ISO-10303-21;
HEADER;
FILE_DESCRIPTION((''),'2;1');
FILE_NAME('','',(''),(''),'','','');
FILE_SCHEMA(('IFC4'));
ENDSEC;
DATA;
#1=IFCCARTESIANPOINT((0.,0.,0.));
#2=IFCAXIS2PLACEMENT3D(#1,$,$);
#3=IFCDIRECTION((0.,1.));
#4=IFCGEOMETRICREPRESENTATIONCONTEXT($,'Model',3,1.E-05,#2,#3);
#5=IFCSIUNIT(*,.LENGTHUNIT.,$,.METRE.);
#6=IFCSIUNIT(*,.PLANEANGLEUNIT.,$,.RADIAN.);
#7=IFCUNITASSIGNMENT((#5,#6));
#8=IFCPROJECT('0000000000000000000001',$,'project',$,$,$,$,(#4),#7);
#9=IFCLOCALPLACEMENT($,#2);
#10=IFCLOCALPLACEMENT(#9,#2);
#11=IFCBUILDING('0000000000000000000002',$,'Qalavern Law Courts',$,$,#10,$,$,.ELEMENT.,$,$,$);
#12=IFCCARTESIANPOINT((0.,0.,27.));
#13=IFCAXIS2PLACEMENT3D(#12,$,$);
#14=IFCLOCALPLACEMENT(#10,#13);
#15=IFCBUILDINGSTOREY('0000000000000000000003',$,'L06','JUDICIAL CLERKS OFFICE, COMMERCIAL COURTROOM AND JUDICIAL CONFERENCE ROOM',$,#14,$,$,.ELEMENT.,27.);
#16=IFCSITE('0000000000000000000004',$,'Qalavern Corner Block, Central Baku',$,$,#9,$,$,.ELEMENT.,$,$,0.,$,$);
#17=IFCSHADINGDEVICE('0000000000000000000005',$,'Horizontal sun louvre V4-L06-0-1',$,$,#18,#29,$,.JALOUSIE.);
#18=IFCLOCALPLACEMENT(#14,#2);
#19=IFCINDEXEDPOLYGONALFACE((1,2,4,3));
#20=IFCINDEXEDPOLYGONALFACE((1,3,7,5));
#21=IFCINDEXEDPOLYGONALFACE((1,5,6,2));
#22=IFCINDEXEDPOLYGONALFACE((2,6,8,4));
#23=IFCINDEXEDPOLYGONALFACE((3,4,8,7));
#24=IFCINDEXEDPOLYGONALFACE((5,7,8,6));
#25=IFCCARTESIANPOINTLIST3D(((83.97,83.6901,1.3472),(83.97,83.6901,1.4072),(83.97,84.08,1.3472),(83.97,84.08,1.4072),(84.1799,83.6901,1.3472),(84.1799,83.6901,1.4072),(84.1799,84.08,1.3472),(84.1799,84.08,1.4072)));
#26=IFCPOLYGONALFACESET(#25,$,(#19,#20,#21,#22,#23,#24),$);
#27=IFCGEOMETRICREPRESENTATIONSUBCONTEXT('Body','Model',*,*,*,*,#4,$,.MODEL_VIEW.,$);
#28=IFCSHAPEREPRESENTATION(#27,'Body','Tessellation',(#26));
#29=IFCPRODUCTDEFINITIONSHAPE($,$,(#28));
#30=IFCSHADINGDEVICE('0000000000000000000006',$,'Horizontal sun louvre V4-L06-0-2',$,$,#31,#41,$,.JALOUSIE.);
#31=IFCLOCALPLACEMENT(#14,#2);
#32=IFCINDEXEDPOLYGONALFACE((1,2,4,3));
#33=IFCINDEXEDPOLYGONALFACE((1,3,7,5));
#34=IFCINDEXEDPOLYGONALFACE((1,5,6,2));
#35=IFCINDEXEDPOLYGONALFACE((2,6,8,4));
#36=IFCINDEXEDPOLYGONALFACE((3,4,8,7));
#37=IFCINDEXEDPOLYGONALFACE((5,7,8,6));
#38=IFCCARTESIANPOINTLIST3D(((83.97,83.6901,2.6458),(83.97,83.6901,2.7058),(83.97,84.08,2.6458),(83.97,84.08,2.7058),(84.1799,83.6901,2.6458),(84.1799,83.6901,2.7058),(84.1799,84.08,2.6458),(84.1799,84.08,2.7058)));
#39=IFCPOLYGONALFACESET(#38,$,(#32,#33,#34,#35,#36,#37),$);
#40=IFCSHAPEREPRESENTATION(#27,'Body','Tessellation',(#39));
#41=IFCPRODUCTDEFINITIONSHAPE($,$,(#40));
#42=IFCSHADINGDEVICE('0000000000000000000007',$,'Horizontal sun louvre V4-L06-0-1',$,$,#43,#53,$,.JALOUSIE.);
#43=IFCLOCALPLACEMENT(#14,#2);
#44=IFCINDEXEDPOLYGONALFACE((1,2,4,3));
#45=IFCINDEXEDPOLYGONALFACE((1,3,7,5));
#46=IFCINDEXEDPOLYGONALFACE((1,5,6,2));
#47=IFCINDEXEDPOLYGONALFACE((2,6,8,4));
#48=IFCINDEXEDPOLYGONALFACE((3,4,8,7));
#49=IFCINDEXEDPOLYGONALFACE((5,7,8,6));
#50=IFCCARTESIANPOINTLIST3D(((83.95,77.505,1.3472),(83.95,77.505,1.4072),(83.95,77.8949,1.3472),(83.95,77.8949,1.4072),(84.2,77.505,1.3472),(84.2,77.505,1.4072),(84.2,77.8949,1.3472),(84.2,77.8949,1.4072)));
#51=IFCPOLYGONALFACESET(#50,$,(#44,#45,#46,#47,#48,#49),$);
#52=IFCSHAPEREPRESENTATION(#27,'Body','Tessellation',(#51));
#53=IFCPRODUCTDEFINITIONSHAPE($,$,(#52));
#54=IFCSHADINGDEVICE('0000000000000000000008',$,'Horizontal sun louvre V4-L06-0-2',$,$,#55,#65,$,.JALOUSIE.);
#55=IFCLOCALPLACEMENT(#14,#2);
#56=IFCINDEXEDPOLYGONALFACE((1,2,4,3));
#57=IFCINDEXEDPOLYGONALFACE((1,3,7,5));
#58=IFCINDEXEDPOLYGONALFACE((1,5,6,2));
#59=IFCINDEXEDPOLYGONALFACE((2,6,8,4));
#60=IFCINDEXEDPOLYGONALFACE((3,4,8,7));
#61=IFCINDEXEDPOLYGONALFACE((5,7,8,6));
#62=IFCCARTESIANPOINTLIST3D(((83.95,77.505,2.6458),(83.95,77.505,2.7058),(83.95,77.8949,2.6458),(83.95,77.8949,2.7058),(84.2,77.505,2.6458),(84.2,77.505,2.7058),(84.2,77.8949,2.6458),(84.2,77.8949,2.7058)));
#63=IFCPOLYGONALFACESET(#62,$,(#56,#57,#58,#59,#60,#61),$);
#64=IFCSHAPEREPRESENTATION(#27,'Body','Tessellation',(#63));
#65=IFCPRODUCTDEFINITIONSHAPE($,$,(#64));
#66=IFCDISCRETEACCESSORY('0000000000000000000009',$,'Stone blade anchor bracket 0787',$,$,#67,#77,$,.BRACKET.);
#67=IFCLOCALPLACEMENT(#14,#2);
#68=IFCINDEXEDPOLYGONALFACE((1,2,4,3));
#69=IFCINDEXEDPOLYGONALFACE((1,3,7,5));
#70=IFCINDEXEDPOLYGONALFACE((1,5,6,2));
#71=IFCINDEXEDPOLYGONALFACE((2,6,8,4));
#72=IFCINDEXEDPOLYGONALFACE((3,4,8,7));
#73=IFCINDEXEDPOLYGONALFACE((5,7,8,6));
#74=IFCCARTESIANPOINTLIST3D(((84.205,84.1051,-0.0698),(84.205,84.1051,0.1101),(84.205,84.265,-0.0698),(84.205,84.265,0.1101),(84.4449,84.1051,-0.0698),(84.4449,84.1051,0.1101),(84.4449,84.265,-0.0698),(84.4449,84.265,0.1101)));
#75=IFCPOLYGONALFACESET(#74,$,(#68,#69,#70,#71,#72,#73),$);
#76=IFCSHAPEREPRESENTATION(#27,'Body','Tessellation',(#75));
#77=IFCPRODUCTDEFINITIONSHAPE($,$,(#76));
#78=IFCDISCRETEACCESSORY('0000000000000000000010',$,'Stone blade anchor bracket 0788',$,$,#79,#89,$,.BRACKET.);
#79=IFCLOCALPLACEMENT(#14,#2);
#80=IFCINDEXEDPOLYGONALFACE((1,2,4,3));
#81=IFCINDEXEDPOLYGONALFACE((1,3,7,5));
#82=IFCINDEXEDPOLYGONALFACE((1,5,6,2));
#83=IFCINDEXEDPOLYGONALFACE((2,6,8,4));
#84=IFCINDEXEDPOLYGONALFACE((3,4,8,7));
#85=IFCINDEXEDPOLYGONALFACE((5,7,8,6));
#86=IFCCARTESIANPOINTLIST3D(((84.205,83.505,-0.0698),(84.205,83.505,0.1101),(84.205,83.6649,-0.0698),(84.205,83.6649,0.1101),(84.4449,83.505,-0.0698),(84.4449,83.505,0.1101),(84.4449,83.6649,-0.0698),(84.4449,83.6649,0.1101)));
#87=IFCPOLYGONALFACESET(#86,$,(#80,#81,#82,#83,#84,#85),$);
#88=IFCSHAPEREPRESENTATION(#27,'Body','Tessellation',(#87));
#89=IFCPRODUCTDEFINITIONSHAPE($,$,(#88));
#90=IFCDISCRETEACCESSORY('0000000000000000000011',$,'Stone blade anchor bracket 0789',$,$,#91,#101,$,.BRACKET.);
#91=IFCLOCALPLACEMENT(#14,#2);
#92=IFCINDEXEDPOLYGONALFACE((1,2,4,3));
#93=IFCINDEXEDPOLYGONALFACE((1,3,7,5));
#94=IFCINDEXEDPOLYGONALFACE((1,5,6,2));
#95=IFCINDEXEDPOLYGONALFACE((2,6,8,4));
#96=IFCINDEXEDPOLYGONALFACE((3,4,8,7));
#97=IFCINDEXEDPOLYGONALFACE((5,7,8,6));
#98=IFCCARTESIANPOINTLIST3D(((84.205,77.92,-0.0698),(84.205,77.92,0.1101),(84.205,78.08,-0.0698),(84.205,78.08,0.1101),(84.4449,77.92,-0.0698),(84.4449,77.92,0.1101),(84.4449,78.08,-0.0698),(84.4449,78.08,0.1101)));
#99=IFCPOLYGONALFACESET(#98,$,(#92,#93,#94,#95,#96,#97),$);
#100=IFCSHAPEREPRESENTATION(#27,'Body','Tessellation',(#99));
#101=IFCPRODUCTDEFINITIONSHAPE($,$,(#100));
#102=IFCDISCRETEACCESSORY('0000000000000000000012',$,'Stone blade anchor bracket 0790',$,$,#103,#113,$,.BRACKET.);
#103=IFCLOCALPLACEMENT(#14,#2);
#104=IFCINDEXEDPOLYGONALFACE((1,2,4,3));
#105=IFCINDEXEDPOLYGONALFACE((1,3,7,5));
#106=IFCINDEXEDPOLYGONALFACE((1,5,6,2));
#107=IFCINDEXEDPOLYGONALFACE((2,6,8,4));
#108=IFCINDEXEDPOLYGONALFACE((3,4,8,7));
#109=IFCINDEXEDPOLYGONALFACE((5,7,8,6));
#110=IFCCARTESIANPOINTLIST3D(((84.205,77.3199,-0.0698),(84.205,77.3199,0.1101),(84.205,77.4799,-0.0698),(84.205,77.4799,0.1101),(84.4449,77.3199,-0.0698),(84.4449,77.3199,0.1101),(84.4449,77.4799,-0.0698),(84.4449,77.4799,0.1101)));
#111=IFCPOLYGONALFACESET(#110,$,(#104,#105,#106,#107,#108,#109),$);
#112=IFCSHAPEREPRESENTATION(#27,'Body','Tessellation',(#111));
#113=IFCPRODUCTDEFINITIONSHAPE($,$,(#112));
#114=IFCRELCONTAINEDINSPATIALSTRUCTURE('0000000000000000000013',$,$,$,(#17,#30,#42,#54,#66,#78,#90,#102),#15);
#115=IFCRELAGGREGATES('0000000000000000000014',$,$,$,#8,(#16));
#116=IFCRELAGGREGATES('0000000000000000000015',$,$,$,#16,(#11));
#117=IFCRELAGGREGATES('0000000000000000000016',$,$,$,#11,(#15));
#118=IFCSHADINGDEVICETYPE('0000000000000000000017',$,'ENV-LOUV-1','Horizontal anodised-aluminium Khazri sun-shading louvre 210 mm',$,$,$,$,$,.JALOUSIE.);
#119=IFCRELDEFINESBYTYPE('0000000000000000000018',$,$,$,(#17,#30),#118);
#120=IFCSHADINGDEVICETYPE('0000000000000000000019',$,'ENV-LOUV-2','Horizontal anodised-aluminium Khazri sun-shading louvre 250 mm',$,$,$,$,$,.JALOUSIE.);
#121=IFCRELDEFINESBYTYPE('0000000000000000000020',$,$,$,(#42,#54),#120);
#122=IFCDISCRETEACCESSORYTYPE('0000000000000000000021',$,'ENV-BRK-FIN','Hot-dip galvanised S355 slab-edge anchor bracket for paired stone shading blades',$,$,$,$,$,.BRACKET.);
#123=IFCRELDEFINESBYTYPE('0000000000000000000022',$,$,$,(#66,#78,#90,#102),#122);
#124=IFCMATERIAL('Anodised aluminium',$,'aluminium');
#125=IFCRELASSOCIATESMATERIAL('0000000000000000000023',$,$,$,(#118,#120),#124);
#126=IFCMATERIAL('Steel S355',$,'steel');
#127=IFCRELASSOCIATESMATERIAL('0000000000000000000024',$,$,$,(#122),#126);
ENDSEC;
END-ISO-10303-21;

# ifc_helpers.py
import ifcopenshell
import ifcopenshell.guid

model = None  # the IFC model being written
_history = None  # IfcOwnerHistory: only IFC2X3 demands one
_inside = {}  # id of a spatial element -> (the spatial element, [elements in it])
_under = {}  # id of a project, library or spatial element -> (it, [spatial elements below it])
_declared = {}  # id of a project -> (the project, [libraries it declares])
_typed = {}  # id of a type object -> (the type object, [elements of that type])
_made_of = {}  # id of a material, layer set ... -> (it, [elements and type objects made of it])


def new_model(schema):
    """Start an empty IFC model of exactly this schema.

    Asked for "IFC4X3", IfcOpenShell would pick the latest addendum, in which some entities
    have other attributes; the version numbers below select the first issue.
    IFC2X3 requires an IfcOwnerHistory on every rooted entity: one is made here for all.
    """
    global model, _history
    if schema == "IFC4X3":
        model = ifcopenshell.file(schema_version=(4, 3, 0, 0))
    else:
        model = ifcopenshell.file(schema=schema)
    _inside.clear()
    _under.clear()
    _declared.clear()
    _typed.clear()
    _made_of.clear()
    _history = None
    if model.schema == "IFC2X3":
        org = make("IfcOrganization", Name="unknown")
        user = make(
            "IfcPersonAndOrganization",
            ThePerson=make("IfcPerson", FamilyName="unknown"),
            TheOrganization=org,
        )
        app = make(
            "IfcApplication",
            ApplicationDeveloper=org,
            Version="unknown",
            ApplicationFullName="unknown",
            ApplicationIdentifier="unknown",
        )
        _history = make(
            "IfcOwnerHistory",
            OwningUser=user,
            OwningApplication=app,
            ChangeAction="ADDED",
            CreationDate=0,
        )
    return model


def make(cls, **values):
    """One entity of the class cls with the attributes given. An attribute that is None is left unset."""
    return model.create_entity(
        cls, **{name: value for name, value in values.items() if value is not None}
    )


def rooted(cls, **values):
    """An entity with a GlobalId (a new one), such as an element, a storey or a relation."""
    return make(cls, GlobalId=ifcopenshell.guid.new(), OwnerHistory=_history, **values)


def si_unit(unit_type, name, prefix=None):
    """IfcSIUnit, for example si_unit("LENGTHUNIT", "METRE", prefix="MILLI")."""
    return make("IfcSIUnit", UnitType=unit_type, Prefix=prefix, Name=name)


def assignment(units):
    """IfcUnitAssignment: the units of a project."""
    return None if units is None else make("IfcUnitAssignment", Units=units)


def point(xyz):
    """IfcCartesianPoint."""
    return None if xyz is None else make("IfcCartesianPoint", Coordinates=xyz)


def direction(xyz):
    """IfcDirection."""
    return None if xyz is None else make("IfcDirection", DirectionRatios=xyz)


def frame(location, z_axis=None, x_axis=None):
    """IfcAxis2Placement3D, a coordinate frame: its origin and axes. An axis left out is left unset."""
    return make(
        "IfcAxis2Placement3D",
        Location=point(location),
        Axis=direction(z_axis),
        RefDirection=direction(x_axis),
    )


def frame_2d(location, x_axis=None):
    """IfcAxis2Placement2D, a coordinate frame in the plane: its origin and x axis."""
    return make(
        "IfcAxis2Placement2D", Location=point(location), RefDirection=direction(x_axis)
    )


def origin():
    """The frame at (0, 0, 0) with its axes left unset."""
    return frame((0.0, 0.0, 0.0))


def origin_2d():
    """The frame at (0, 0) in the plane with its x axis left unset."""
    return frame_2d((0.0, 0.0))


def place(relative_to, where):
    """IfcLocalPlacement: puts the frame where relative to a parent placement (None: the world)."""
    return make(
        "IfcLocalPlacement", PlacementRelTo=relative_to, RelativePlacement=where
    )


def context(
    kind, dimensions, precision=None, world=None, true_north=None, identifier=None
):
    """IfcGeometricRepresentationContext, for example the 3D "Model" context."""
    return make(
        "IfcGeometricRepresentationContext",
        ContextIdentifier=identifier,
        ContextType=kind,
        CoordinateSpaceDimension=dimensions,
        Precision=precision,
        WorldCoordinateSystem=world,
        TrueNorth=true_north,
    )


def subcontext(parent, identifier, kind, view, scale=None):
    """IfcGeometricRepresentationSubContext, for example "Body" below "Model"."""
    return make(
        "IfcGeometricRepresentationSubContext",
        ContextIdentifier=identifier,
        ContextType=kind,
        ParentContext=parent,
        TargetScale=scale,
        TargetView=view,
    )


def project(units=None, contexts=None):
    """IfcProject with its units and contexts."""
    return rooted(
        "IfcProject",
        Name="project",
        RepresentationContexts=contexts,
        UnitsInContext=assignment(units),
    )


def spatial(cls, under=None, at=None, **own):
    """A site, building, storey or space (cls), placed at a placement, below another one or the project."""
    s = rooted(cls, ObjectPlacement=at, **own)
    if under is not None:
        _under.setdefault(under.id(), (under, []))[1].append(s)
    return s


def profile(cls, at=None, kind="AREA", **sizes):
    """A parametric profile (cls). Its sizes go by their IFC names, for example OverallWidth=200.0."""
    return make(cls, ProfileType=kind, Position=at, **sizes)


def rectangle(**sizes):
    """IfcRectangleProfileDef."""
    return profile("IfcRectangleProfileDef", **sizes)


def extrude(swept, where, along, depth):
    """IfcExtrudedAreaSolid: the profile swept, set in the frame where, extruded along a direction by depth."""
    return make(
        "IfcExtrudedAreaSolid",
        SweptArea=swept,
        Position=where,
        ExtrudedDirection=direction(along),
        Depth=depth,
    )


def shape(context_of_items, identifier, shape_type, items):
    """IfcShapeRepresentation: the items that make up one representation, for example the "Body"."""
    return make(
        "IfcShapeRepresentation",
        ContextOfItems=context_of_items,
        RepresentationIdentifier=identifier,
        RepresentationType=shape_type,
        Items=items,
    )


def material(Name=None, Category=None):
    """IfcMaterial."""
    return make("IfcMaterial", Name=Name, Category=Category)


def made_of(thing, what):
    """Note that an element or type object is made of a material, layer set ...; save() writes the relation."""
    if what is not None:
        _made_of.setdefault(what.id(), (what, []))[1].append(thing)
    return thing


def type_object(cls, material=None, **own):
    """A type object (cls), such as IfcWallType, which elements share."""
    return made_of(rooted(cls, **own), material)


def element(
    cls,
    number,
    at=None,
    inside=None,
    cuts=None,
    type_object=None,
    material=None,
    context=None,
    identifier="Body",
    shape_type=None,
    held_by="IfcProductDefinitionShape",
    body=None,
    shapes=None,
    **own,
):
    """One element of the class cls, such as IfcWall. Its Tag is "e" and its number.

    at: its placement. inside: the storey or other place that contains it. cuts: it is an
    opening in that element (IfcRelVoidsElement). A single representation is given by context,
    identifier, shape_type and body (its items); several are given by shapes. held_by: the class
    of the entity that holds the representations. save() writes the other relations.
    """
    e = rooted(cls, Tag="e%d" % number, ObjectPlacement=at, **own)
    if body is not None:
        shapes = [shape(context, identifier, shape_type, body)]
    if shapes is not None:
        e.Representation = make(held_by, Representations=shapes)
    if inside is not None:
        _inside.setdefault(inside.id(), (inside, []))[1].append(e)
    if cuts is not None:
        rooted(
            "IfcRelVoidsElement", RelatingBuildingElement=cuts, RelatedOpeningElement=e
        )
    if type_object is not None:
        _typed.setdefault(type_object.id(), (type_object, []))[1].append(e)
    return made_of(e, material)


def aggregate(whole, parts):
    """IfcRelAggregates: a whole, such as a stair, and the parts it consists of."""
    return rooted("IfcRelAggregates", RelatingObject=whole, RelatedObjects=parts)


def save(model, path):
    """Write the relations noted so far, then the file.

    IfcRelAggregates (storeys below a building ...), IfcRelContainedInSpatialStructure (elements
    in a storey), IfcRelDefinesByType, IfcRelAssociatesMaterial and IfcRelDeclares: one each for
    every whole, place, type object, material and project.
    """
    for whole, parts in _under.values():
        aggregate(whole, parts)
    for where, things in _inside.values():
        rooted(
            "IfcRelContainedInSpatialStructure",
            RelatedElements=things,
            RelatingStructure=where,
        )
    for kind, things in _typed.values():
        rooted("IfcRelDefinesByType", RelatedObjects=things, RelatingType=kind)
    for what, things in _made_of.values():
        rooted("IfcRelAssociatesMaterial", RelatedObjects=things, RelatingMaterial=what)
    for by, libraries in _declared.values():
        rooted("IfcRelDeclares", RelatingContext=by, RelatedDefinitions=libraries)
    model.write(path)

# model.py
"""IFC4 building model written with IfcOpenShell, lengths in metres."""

from ifc_helpers import new_model, si_unit, direction, frame, origin, origin_2d, place, context, subcontext, project, spatial, rectangle, extrude, material, type_object, element, save


model = new_model("IFC4")

# Units and contexts
model_context = context("Model", 3, precision=1e-05, world=origin(), true_north=direction((0.0, 1.0)))
body_context = subcontext(model_context, "Body", "Model", "MODEL_VIEW")
ifc_project = project(units=[si_unit("LENGTHUNIT", "METRE"), si_unit("PLANEANGLEUNIT", "RADIAN")], contexts=[model_context])

# Site, building, storey
site_placement = place(None, origin())
site = spatial("IfcSite", under=ifc_project, at=site_placement, Name="Qalavern Corner Block, Central Baku", CompositionType="ELEMENT", RefElevation=0.0)
building_placement = place(site_placement, origin())
building = spatial("IfcBuilding", under=site, at=building_placement, Name="Qalavern Law Courts", CompositionType="ELEMENT")
storey_placement = place(building_placement, frame((0.0, 0.0, 27.0)))
storey = spatial("IfcBuildingStorey", under=building, at=storey_placement, Name="L06", Description="JUDICIAL CLERKS OFFICE, COMMERCIAL COURTROOM AND JUDICIAL CONFERENCE ROOM", CompositionType="ELEMENT", Elevation=27.0)

# Shared definitions
ifc_material_1 = material(Name="Anodised aluminium", Category="aluminium")

# Shading devices
shading_device_type_1 = type_object("IfcShadingDeviceType", Name="ENV-LOUV-1", Description="Horizontal anodised-aluminium Khazri sun-shading louvre 210 mm", PredefinedType="JALOUSIE", material=ifc_material_1)
for number, where, z_axis, x_axis, name in (
    (1, (84.075, 83.885, 1.3472), (0.0, 0.0, 1.0), (0.0, -1.0, 0.0), "Horizontal sun louvre V4-L06-0-1"),
    (2, (84.075, 83.885, 2.6458), (0.0, 0.0, 1.0), (0.0, -1.0, 0.0), "Horizontal sun louvre V4-L06-0-2"),
):
    element("IfcShadingDevice", number, at=place(storey_placement, frame(where, z_axis=z_axis, x_axis=x_axis)), inside=storey, type_object=shading_device_type_1, Name=name, PredefinedType="JALOUSIE", context=body_context, shape_type="SweptSolid", body=[
        extrude(rectangle(XDim=0.3899, YDim=0.21, at=origin_2d()), origin(), (0.0, 0.0, 1.0), 0.0601),
    ])
shading_device_type_2 = type_object("IfcShadingDeviceType", Name="ENV-LOUV-2", Description="Horizontal anodised-aluminium Khazri sun-shading louvre 250 mm", PredefinedType="JALOUSIE", material=ifc_material_1)
for number, where, z_axis, x_axis, name in (
    (3, (84.075, 77.7, 1.3472), (0.0, 0.0, 1.0), (0.0, -1.0, 0.0), "Horizontal sun louvre V4-L06-0-1"),
    (4, (84.075, 77.7, 2.6458), (0.0, 0.0, 1.0), (0.0, -1.0, 0.0), "Horizontal sun louvre V4-L06-0-2"),
):
    element("IfcShadingDevice", number, at=place(storey_placement, frame(where, z_axis=z_axis, x_axis=x_axis)), inside=storey, type_object=shading_device_type_2, Name=name, PredefinedType="JALOUSIE", context=body_context, shape_type="SweptSolid", body=[
        extrude(rectangle(XDim=0.3899, YDim=0.25, at=origin_2d()), origin(), (0.0, 0.0, 1.0), 0.0601),
    ])

# Discrete accessories
ifc_material_2 = material(Name="Steel S355", Category="steel")
discrete_accessory_type = type_object("IfcDiscreteAccessoryType", Name="ENV-BRK-FIN", Description="Hot-dip galvanised S355 slab-edge anchor bracket for paired stone shading blades", PredefinedType="BRACKET", material=ifc_material_2)
for number, where, z_axis, x_axis, name in (
    (5, (84.325, 84.1851, -0.0698), (0.0, 0.0, 1.0), (-1.0, 0.0, 0.0), "Stone blade anchor bracket 0787"),
    (6, (84.325, 83.585, -0.0698), (0.0, 0.0, 1.0), (-1.0, 0.0, 0.0), "Stone blade anchor bracket 0788"),
    (7, (84.325, 78.0, -0.0698), (0.0, 0.0, 1.0), (-1.0, 0.0, 0.0), "Stone blade anchor bracket 0789"),
    (8, (84.325, 77.3999, -0.0698), (0.0, 0.0, 1.0), (-1.0, 0.0, 0.0), "Stone blade anchor bracket 0790"),
):
    element("IfcDiscreteAccessory", number, at=place(storey_placement, frame(where, z_axis=z_axis, x_axis=x_axis)), inside=storey, type_object=discrete_accessory_type, Name=name, PredefinedType="BRACKET", context=body_context, shape_type="SweptSolid", body=[
        extrude(rectangle(XDim=0.24, YDim=0.1599, at=origin_2d()), origin(), (0.0, 0.0, 1.0), 0.1799),
    ])

save(model, "model.ifc")
